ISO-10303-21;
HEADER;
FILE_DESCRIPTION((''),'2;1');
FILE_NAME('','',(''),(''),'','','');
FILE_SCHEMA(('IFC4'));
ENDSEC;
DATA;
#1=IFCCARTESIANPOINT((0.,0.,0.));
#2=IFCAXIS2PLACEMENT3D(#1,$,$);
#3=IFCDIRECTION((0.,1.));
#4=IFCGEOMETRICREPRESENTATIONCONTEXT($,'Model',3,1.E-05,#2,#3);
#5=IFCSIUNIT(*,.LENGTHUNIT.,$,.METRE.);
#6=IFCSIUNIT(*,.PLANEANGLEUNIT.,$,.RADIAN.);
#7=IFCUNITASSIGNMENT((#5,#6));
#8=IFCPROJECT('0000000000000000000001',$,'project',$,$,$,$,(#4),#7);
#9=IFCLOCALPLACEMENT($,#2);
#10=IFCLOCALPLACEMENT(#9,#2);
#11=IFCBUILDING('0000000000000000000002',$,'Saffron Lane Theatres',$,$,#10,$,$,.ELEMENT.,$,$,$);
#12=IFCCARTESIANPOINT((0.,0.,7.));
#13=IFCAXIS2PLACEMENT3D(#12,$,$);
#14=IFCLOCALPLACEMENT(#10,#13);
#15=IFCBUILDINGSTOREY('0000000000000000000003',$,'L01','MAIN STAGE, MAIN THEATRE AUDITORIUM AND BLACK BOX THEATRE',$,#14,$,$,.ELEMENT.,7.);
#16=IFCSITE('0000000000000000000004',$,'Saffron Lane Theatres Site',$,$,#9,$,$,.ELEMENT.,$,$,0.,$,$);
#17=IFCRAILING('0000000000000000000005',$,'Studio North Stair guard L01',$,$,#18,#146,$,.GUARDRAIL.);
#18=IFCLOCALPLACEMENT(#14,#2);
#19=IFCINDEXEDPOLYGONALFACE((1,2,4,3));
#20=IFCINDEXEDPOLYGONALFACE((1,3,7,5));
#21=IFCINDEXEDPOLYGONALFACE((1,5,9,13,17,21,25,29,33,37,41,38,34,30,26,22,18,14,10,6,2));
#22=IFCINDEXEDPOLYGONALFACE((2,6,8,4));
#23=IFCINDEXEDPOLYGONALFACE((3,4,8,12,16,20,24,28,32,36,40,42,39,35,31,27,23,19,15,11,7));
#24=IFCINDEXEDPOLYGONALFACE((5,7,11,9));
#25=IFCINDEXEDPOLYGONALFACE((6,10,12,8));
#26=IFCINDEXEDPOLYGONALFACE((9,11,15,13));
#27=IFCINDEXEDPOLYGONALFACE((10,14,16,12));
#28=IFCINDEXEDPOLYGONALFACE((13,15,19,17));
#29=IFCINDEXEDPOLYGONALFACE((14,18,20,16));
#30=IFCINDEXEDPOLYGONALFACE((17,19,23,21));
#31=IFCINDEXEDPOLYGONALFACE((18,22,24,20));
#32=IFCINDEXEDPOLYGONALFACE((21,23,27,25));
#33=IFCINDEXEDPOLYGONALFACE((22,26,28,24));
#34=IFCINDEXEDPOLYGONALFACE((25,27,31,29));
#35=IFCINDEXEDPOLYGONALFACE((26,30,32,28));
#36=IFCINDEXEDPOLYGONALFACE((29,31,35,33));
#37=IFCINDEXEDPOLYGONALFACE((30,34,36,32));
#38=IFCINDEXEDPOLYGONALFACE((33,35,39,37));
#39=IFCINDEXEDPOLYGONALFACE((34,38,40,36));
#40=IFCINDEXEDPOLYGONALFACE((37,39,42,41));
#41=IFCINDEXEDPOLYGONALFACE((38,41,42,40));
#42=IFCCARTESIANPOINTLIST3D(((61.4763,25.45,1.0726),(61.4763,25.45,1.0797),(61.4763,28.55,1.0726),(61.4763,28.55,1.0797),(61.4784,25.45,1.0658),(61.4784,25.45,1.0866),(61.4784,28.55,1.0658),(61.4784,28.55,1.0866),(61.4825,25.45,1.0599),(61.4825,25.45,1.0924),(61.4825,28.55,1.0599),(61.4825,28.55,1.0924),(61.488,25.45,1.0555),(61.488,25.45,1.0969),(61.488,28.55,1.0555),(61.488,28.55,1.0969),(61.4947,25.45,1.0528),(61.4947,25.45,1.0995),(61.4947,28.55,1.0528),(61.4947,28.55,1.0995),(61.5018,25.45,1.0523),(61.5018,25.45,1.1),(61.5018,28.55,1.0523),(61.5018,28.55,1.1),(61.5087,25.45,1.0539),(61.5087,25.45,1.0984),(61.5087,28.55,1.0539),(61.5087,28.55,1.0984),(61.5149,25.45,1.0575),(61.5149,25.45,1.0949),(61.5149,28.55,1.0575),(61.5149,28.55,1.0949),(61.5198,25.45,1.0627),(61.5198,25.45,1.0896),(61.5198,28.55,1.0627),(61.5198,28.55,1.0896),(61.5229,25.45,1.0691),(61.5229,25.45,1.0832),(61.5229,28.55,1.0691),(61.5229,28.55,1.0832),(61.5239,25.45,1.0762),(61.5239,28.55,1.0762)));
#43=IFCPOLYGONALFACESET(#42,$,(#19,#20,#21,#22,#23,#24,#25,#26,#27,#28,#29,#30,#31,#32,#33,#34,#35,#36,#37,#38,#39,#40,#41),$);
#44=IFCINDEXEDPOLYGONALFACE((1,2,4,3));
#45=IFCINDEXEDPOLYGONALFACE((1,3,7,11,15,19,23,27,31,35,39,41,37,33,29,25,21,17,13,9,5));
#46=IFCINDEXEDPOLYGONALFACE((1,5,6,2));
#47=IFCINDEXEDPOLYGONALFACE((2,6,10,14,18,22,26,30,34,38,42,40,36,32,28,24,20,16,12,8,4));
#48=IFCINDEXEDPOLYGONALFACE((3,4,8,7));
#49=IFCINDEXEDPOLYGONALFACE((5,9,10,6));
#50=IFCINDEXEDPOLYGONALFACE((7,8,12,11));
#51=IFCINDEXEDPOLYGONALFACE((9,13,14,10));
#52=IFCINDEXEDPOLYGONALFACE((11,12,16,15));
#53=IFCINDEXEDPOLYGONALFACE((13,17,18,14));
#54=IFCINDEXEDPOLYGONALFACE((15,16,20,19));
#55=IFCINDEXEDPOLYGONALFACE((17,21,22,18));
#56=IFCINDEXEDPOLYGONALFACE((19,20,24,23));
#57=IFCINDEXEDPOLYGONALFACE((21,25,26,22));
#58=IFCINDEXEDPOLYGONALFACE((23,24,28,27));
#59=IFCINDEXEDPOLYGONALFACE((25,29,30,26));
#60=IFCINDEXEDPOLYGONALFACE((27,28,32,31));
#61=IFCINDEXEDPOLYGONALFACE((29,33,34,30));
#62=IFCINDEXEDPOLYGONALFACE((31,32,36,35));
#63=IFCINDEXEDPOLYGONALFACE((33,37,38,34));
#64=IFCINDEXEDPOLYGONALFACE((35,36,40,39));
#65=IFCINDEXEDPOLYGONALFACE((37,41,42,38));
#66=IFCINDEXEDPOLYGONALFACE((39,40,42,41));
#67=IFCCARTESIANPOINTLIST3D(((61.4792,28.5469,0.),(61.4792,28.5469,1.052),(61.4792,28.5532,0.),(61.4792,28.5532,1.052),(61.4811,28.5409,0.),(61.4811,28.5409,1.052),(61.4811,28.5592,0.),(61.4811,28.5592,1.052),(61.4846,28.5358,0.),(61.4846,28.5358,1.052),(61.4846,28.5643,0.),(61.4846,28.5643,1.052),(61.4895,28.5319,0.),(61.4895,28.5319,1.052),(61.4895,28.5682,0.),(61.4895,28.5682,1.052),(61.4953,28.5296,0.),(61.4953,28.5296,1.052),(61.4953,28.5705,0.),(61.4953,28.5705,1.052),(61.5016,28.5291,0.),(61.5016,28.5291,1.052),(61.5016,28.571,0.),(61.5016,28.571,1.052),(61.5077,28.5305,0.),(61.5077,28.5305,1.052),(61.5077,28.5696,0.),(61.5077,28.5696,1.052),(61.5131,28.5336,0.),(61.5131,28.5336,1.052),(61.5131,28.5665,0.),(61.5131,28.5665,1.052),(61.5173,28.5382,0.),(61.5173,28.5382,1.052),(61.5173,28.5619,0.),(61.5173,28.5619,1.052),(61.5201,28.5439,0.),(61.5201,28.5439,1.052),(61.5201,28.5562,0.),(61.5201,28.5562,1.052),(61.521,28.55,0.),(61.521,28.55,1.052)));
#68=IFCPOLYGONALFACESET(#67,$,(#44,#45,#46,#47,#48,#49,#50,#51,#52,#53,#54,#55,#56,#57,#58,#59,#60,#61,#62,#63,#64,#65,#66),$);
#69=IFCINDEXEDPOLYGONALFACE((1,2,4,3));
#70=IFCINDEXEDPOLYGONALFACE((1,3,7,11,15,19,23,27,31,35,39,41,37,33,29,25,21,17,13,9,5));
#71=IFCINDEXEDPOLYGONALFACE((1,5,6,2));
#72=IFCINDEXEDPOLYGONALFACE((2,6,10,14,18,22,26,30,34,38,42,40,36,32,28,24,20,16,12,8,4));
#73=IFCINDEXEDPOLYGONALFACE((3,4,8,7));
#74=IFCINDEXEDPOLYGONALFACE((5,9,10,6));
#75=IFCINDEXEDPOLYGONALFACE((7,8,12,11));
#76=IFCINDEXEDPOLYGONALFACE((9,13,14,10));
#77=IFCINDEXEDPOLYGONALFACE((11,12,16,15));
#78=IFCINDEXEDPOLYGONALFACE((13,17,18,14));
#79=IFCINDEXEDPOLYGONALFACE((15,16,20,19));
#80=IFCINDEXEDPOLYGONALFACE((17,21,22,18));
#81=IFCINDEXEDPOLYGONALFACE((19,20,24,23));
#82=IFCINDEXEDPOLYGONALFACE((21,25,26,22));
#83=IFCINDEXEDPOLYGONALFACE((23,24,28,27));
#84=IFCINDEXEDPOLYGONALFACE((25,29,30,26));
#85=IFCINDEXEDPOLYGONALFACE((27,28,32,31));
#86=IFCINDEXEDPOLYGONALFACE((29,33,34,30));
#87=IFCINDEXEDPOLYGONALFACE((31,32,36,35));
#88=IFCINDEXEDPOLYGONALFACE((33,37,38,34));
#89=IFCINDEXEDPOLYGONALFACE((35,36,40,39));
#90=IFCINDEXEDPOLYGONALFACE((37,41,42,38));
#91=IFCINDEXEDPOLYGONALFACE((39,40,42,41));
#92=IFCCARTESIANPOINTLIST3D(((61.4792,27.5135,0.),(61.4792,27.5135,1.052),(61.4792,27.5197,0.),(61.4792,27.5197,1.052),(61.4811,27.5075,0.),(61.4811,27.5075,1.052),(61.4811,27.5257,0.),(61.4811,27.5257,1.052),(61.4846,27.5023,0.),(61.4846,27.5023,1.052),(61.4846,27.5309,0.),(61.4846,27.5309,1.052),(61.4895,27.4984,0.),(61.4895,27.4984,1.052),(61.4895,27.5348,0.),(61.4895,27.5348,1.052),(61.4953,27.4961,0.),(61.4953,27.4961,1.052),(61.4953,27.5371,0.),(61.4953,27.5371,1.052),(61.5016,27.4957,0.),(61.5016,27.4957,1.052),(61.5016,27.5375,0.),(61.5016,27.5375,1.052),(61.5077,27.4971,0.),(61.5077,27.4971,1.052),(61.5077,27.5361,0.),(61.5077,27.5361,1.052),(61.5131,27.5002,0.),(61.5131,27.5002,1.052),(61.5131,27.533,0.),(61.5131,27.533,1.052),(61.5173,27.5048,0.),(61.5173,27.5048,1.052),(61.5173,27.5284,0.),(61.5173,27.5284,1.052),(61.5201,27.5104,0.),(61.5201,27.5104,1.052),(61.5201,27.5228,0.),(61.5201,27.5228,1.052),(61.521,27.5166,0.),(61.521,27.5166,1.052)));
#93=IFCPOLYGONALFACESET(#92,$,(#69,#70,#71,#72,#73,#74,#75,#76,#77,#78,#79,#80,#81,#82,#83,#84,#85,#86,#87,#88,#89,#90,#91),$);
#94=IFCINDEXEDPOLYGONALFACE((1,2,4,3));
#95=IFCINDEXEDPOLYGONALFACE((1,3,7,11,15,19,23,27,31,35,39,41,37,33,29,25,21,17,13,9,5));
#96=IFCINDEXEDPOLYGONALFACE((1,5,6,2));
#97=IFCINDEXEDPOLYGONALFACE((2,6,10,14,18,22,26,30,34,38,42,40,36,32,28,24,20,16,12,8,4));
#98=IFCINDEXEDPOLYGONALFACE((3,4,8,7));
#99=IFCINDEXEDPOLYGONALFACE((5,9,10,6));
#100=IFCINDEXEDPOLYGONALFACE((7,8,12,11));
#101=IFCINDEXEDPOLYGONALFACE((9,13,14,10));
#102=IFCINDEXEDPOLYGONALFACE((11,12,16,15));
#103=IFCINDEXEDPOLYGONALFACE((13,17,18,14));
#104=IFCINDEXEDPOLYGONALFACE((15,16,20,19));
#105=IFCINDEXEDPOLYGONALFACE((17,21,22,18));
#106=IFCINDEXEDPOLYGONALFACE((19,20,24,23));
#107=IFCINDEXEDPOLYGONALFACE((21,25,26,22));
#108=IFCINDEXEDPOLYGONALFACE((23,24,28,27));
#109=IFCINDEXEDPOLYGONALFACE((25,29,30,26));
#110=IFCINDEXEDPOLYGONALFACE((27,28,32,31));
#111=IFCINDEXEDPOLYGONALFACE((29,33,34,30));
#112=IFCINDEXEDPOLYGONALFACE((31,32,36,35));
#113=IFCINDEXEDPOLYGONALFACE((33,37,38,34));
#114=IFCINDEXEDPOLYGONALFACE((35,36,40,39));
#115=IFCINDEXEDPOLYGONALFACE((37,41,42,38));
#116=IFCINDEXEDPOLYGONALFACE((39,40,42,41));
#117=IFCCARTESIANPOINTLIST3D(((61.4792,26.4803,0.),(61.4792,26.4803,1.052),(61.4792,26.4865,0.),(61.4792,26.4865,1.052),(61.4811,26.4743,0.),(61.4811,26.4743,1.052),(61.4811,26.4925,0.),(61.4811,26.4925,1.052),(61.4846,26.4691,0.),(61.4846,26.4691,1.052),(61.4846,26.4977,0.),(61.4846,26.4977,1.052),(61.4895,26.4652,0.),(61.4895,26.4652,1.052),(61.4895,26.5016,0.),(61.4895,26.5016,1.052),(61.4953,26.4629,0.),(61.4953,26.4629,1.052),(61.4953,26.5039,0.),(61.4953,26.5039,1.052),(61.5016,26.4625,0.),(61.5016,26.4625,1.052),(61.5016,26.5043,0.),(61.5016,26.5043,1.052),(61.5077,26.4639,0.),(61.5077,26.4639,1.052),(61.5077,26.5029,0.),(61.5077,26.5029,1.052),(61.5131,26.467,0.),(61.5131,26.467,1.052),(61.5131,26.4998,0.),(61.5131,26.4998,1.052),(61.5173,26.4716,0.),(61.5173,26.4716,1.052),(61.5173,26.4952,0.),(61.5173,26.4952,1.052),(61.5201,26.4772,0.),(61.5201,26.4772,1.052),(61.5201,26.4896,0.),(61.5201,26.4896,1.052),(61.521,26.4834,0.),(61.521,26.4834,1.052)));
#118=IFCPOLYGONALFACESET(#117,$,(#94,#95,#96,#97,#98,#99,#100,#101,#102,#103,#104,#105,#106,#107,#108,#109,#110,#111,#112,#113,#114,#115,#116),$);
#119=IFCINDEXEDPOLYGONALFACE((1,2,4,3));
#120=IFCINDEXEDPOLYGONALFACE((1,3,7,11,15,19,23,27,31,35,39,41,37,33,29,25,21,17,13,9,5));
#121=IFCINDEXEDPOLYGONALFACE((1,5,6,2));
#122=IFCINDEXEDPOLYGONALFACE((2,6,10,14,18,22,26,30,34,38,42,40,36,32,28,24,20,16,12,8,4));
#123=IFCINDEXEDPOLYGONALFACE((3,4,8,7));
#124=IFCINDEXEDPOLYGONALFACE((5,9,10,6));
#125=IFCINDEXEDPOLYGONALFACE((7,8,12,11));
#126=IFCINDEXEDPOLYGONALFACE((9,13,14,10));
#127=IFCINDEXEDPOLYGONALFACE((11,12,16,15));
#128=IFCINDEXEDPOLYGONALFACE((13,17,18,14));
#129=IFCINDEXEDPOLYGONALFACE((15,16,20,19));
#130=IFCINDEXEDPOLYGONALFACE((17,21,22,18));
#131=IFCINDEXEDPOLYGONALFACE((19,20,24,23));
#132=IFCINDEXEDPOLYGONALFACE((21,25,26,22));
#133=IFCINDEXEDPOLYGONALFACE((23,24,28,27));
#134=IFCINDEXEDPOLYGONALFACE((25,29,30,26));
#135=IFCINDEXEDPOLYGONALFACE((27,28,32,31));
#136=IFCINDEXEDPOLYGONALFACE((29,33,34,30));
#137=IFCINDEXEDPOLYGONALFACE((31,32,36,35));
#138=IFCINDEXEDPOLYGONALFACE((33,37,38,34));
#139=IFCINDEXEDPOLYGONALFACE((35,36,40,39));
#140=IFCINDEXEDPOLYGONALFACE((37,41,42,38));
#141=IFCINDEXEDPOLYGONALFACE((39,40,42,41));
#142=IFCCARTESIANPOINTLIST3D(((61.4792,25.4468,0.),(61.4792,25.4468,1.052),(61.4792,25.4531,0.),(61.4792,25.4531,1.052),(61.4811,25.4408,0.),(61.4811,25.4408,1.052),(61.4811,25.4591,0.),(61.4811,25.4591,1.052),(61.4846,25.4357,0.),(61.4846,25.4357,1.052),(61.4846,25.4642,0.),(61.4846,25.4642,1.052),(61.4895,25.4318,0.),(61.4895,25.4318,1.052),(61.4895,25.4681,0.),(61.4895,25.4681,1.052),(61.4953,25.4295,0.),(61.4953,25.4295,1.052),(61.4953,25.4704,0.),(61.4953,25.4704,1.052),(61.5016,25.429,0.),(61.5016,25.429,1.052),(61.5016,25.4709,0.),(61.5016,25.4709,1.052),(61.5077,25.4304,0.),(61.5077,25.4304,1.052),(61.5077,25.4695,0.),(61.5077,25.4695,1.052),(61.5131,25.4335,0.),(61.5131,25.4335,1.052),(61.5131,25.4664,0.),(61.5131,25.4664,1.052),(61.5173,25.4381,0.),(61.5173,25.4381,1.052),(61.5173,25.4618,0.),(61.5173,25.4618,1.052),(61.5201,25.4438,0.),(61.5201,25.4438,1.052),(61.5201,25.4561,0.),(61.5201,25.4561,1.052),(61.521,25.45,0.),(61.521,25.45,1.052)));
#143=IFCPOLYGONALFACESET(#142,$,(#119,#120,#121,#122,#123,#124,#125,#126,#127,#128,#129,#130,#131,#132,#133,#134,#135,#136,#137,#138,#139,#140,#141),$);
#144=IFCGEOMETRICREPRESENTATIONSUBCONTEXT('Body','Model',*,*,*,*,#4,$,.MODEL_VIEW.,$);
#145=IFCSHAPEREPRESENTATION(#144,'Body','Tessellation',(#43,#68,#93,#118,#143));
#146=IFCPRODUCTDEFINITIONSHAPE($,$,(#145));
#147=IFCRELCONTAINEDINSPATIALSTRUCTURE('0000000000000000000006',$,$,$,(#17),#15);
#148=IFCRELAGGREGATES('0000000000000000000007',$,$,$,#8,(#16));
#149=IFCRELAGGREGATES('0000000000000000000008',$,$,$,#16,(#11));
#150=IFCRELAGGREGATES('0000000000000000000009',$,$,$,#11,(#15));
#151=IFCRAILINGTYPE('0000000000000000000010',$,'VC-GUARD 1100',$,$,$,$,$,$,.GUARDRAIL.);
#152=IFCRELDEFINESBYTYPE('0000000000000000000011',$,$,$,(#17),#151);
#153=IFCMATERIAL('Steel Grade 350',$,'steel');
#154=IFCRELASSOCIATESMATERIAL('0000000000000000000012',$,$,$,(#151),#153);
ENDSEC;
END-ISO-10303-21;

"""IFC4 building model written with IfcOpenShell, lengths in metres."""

from ifc_helpers import new_model, si_unit, direction, frame, origin, origin_2d, place, context, subcontext, project, spatial, circle, extrude, material, type_object, element, save


model = new_model("IFC4")

# Units and contexts
model_context = context("Model", 3, precision=1e-05, world=origin(), true_north=direction((0.0, 1.0)))
body_context = subcontext(model_context, "Body", "Model", "MODEL_VIEW")
ifc_project = project(units=[si_unit("LENGTHUNIT", "METRE"), si_unit("PLANEANGLEUNIT", "RADIAN")], contexts=[model_context])

# Site, building, storey
site_placement = place(None, origin())
site = spatial("IfcSite", under=ifc_project, at=site_placement, Name="Saffron Lane Theatres Site", CompositionType="ELEMENT", RefElevation=0.0)
building_placement = place(site_placement, origin())
building = spatial("IfcBuilding", under=site, at=building_placement, Name="Saffron Lane Theatres", CompositionType="ELEMENT")
storey_placement = place(building_placement, frame((0.0, 0.0, 7.0)))
storey = spatial("IfcBuildingStorey", under=building, at=storey_placement, Name="L01", Description="MAIN STAGE, MAIN THEATRE AUDITORIUM AND BLACK BOX THEATRE", CompositionType="ELEMENT", Elevation=7.0)

# Railing
ifc_material_1 = material(Name="Steel Grade 350", Category="steel")
railing_type_1 = type_object("IfcRailingType", Name="VC-GUARD 1100", PredefinedType="GUARDRAIL", material=ifc_material_1)
railing_1_placement = place(storey_placement, frame((61.5, 28.55, 0.0)))
element("IfcRailing", 1, at=railing_1_placement, inside=storey, type_object=railing_type_1, Name="Studio North Stair guard L01", PredefinedType="GUARDRAIL", context=body_context, shape_type="SweptSolid", body=[
    extrude(circle(Radius=0.0239, at=origin_2d()), frame((0.0, 0.0, 1.0762), z_axis=(0.0, -1.0, 0.0), x_axis=(1.0, 0.0, 0.0)), (0.0, 0.0, 1.0), 3.1001),
    extrude(circle(Radius=0.021, at=origin_2d()), origin(), (0.0, 0.0, 1.0), 1.052),
    extrude(circle(Radius=0.021, at=origin_2d()), frame((0.0, -1.0334, 0.0)), (0.0, 0.0, 1.0), 1.052),
    extrude(circle(Radius=0.021, at=origin_2d()), frame((0.0, -2.0667, 0.0)), (0.0, 0.0, 1.0), 1.052),
    extrude(circle(Radius=0.021, at=origin_2d()), frame((0.0, -3.1001, 0.0)), (0.0, 0.0, 1.0), 1.052),
])

save(model, "model.ifc")
